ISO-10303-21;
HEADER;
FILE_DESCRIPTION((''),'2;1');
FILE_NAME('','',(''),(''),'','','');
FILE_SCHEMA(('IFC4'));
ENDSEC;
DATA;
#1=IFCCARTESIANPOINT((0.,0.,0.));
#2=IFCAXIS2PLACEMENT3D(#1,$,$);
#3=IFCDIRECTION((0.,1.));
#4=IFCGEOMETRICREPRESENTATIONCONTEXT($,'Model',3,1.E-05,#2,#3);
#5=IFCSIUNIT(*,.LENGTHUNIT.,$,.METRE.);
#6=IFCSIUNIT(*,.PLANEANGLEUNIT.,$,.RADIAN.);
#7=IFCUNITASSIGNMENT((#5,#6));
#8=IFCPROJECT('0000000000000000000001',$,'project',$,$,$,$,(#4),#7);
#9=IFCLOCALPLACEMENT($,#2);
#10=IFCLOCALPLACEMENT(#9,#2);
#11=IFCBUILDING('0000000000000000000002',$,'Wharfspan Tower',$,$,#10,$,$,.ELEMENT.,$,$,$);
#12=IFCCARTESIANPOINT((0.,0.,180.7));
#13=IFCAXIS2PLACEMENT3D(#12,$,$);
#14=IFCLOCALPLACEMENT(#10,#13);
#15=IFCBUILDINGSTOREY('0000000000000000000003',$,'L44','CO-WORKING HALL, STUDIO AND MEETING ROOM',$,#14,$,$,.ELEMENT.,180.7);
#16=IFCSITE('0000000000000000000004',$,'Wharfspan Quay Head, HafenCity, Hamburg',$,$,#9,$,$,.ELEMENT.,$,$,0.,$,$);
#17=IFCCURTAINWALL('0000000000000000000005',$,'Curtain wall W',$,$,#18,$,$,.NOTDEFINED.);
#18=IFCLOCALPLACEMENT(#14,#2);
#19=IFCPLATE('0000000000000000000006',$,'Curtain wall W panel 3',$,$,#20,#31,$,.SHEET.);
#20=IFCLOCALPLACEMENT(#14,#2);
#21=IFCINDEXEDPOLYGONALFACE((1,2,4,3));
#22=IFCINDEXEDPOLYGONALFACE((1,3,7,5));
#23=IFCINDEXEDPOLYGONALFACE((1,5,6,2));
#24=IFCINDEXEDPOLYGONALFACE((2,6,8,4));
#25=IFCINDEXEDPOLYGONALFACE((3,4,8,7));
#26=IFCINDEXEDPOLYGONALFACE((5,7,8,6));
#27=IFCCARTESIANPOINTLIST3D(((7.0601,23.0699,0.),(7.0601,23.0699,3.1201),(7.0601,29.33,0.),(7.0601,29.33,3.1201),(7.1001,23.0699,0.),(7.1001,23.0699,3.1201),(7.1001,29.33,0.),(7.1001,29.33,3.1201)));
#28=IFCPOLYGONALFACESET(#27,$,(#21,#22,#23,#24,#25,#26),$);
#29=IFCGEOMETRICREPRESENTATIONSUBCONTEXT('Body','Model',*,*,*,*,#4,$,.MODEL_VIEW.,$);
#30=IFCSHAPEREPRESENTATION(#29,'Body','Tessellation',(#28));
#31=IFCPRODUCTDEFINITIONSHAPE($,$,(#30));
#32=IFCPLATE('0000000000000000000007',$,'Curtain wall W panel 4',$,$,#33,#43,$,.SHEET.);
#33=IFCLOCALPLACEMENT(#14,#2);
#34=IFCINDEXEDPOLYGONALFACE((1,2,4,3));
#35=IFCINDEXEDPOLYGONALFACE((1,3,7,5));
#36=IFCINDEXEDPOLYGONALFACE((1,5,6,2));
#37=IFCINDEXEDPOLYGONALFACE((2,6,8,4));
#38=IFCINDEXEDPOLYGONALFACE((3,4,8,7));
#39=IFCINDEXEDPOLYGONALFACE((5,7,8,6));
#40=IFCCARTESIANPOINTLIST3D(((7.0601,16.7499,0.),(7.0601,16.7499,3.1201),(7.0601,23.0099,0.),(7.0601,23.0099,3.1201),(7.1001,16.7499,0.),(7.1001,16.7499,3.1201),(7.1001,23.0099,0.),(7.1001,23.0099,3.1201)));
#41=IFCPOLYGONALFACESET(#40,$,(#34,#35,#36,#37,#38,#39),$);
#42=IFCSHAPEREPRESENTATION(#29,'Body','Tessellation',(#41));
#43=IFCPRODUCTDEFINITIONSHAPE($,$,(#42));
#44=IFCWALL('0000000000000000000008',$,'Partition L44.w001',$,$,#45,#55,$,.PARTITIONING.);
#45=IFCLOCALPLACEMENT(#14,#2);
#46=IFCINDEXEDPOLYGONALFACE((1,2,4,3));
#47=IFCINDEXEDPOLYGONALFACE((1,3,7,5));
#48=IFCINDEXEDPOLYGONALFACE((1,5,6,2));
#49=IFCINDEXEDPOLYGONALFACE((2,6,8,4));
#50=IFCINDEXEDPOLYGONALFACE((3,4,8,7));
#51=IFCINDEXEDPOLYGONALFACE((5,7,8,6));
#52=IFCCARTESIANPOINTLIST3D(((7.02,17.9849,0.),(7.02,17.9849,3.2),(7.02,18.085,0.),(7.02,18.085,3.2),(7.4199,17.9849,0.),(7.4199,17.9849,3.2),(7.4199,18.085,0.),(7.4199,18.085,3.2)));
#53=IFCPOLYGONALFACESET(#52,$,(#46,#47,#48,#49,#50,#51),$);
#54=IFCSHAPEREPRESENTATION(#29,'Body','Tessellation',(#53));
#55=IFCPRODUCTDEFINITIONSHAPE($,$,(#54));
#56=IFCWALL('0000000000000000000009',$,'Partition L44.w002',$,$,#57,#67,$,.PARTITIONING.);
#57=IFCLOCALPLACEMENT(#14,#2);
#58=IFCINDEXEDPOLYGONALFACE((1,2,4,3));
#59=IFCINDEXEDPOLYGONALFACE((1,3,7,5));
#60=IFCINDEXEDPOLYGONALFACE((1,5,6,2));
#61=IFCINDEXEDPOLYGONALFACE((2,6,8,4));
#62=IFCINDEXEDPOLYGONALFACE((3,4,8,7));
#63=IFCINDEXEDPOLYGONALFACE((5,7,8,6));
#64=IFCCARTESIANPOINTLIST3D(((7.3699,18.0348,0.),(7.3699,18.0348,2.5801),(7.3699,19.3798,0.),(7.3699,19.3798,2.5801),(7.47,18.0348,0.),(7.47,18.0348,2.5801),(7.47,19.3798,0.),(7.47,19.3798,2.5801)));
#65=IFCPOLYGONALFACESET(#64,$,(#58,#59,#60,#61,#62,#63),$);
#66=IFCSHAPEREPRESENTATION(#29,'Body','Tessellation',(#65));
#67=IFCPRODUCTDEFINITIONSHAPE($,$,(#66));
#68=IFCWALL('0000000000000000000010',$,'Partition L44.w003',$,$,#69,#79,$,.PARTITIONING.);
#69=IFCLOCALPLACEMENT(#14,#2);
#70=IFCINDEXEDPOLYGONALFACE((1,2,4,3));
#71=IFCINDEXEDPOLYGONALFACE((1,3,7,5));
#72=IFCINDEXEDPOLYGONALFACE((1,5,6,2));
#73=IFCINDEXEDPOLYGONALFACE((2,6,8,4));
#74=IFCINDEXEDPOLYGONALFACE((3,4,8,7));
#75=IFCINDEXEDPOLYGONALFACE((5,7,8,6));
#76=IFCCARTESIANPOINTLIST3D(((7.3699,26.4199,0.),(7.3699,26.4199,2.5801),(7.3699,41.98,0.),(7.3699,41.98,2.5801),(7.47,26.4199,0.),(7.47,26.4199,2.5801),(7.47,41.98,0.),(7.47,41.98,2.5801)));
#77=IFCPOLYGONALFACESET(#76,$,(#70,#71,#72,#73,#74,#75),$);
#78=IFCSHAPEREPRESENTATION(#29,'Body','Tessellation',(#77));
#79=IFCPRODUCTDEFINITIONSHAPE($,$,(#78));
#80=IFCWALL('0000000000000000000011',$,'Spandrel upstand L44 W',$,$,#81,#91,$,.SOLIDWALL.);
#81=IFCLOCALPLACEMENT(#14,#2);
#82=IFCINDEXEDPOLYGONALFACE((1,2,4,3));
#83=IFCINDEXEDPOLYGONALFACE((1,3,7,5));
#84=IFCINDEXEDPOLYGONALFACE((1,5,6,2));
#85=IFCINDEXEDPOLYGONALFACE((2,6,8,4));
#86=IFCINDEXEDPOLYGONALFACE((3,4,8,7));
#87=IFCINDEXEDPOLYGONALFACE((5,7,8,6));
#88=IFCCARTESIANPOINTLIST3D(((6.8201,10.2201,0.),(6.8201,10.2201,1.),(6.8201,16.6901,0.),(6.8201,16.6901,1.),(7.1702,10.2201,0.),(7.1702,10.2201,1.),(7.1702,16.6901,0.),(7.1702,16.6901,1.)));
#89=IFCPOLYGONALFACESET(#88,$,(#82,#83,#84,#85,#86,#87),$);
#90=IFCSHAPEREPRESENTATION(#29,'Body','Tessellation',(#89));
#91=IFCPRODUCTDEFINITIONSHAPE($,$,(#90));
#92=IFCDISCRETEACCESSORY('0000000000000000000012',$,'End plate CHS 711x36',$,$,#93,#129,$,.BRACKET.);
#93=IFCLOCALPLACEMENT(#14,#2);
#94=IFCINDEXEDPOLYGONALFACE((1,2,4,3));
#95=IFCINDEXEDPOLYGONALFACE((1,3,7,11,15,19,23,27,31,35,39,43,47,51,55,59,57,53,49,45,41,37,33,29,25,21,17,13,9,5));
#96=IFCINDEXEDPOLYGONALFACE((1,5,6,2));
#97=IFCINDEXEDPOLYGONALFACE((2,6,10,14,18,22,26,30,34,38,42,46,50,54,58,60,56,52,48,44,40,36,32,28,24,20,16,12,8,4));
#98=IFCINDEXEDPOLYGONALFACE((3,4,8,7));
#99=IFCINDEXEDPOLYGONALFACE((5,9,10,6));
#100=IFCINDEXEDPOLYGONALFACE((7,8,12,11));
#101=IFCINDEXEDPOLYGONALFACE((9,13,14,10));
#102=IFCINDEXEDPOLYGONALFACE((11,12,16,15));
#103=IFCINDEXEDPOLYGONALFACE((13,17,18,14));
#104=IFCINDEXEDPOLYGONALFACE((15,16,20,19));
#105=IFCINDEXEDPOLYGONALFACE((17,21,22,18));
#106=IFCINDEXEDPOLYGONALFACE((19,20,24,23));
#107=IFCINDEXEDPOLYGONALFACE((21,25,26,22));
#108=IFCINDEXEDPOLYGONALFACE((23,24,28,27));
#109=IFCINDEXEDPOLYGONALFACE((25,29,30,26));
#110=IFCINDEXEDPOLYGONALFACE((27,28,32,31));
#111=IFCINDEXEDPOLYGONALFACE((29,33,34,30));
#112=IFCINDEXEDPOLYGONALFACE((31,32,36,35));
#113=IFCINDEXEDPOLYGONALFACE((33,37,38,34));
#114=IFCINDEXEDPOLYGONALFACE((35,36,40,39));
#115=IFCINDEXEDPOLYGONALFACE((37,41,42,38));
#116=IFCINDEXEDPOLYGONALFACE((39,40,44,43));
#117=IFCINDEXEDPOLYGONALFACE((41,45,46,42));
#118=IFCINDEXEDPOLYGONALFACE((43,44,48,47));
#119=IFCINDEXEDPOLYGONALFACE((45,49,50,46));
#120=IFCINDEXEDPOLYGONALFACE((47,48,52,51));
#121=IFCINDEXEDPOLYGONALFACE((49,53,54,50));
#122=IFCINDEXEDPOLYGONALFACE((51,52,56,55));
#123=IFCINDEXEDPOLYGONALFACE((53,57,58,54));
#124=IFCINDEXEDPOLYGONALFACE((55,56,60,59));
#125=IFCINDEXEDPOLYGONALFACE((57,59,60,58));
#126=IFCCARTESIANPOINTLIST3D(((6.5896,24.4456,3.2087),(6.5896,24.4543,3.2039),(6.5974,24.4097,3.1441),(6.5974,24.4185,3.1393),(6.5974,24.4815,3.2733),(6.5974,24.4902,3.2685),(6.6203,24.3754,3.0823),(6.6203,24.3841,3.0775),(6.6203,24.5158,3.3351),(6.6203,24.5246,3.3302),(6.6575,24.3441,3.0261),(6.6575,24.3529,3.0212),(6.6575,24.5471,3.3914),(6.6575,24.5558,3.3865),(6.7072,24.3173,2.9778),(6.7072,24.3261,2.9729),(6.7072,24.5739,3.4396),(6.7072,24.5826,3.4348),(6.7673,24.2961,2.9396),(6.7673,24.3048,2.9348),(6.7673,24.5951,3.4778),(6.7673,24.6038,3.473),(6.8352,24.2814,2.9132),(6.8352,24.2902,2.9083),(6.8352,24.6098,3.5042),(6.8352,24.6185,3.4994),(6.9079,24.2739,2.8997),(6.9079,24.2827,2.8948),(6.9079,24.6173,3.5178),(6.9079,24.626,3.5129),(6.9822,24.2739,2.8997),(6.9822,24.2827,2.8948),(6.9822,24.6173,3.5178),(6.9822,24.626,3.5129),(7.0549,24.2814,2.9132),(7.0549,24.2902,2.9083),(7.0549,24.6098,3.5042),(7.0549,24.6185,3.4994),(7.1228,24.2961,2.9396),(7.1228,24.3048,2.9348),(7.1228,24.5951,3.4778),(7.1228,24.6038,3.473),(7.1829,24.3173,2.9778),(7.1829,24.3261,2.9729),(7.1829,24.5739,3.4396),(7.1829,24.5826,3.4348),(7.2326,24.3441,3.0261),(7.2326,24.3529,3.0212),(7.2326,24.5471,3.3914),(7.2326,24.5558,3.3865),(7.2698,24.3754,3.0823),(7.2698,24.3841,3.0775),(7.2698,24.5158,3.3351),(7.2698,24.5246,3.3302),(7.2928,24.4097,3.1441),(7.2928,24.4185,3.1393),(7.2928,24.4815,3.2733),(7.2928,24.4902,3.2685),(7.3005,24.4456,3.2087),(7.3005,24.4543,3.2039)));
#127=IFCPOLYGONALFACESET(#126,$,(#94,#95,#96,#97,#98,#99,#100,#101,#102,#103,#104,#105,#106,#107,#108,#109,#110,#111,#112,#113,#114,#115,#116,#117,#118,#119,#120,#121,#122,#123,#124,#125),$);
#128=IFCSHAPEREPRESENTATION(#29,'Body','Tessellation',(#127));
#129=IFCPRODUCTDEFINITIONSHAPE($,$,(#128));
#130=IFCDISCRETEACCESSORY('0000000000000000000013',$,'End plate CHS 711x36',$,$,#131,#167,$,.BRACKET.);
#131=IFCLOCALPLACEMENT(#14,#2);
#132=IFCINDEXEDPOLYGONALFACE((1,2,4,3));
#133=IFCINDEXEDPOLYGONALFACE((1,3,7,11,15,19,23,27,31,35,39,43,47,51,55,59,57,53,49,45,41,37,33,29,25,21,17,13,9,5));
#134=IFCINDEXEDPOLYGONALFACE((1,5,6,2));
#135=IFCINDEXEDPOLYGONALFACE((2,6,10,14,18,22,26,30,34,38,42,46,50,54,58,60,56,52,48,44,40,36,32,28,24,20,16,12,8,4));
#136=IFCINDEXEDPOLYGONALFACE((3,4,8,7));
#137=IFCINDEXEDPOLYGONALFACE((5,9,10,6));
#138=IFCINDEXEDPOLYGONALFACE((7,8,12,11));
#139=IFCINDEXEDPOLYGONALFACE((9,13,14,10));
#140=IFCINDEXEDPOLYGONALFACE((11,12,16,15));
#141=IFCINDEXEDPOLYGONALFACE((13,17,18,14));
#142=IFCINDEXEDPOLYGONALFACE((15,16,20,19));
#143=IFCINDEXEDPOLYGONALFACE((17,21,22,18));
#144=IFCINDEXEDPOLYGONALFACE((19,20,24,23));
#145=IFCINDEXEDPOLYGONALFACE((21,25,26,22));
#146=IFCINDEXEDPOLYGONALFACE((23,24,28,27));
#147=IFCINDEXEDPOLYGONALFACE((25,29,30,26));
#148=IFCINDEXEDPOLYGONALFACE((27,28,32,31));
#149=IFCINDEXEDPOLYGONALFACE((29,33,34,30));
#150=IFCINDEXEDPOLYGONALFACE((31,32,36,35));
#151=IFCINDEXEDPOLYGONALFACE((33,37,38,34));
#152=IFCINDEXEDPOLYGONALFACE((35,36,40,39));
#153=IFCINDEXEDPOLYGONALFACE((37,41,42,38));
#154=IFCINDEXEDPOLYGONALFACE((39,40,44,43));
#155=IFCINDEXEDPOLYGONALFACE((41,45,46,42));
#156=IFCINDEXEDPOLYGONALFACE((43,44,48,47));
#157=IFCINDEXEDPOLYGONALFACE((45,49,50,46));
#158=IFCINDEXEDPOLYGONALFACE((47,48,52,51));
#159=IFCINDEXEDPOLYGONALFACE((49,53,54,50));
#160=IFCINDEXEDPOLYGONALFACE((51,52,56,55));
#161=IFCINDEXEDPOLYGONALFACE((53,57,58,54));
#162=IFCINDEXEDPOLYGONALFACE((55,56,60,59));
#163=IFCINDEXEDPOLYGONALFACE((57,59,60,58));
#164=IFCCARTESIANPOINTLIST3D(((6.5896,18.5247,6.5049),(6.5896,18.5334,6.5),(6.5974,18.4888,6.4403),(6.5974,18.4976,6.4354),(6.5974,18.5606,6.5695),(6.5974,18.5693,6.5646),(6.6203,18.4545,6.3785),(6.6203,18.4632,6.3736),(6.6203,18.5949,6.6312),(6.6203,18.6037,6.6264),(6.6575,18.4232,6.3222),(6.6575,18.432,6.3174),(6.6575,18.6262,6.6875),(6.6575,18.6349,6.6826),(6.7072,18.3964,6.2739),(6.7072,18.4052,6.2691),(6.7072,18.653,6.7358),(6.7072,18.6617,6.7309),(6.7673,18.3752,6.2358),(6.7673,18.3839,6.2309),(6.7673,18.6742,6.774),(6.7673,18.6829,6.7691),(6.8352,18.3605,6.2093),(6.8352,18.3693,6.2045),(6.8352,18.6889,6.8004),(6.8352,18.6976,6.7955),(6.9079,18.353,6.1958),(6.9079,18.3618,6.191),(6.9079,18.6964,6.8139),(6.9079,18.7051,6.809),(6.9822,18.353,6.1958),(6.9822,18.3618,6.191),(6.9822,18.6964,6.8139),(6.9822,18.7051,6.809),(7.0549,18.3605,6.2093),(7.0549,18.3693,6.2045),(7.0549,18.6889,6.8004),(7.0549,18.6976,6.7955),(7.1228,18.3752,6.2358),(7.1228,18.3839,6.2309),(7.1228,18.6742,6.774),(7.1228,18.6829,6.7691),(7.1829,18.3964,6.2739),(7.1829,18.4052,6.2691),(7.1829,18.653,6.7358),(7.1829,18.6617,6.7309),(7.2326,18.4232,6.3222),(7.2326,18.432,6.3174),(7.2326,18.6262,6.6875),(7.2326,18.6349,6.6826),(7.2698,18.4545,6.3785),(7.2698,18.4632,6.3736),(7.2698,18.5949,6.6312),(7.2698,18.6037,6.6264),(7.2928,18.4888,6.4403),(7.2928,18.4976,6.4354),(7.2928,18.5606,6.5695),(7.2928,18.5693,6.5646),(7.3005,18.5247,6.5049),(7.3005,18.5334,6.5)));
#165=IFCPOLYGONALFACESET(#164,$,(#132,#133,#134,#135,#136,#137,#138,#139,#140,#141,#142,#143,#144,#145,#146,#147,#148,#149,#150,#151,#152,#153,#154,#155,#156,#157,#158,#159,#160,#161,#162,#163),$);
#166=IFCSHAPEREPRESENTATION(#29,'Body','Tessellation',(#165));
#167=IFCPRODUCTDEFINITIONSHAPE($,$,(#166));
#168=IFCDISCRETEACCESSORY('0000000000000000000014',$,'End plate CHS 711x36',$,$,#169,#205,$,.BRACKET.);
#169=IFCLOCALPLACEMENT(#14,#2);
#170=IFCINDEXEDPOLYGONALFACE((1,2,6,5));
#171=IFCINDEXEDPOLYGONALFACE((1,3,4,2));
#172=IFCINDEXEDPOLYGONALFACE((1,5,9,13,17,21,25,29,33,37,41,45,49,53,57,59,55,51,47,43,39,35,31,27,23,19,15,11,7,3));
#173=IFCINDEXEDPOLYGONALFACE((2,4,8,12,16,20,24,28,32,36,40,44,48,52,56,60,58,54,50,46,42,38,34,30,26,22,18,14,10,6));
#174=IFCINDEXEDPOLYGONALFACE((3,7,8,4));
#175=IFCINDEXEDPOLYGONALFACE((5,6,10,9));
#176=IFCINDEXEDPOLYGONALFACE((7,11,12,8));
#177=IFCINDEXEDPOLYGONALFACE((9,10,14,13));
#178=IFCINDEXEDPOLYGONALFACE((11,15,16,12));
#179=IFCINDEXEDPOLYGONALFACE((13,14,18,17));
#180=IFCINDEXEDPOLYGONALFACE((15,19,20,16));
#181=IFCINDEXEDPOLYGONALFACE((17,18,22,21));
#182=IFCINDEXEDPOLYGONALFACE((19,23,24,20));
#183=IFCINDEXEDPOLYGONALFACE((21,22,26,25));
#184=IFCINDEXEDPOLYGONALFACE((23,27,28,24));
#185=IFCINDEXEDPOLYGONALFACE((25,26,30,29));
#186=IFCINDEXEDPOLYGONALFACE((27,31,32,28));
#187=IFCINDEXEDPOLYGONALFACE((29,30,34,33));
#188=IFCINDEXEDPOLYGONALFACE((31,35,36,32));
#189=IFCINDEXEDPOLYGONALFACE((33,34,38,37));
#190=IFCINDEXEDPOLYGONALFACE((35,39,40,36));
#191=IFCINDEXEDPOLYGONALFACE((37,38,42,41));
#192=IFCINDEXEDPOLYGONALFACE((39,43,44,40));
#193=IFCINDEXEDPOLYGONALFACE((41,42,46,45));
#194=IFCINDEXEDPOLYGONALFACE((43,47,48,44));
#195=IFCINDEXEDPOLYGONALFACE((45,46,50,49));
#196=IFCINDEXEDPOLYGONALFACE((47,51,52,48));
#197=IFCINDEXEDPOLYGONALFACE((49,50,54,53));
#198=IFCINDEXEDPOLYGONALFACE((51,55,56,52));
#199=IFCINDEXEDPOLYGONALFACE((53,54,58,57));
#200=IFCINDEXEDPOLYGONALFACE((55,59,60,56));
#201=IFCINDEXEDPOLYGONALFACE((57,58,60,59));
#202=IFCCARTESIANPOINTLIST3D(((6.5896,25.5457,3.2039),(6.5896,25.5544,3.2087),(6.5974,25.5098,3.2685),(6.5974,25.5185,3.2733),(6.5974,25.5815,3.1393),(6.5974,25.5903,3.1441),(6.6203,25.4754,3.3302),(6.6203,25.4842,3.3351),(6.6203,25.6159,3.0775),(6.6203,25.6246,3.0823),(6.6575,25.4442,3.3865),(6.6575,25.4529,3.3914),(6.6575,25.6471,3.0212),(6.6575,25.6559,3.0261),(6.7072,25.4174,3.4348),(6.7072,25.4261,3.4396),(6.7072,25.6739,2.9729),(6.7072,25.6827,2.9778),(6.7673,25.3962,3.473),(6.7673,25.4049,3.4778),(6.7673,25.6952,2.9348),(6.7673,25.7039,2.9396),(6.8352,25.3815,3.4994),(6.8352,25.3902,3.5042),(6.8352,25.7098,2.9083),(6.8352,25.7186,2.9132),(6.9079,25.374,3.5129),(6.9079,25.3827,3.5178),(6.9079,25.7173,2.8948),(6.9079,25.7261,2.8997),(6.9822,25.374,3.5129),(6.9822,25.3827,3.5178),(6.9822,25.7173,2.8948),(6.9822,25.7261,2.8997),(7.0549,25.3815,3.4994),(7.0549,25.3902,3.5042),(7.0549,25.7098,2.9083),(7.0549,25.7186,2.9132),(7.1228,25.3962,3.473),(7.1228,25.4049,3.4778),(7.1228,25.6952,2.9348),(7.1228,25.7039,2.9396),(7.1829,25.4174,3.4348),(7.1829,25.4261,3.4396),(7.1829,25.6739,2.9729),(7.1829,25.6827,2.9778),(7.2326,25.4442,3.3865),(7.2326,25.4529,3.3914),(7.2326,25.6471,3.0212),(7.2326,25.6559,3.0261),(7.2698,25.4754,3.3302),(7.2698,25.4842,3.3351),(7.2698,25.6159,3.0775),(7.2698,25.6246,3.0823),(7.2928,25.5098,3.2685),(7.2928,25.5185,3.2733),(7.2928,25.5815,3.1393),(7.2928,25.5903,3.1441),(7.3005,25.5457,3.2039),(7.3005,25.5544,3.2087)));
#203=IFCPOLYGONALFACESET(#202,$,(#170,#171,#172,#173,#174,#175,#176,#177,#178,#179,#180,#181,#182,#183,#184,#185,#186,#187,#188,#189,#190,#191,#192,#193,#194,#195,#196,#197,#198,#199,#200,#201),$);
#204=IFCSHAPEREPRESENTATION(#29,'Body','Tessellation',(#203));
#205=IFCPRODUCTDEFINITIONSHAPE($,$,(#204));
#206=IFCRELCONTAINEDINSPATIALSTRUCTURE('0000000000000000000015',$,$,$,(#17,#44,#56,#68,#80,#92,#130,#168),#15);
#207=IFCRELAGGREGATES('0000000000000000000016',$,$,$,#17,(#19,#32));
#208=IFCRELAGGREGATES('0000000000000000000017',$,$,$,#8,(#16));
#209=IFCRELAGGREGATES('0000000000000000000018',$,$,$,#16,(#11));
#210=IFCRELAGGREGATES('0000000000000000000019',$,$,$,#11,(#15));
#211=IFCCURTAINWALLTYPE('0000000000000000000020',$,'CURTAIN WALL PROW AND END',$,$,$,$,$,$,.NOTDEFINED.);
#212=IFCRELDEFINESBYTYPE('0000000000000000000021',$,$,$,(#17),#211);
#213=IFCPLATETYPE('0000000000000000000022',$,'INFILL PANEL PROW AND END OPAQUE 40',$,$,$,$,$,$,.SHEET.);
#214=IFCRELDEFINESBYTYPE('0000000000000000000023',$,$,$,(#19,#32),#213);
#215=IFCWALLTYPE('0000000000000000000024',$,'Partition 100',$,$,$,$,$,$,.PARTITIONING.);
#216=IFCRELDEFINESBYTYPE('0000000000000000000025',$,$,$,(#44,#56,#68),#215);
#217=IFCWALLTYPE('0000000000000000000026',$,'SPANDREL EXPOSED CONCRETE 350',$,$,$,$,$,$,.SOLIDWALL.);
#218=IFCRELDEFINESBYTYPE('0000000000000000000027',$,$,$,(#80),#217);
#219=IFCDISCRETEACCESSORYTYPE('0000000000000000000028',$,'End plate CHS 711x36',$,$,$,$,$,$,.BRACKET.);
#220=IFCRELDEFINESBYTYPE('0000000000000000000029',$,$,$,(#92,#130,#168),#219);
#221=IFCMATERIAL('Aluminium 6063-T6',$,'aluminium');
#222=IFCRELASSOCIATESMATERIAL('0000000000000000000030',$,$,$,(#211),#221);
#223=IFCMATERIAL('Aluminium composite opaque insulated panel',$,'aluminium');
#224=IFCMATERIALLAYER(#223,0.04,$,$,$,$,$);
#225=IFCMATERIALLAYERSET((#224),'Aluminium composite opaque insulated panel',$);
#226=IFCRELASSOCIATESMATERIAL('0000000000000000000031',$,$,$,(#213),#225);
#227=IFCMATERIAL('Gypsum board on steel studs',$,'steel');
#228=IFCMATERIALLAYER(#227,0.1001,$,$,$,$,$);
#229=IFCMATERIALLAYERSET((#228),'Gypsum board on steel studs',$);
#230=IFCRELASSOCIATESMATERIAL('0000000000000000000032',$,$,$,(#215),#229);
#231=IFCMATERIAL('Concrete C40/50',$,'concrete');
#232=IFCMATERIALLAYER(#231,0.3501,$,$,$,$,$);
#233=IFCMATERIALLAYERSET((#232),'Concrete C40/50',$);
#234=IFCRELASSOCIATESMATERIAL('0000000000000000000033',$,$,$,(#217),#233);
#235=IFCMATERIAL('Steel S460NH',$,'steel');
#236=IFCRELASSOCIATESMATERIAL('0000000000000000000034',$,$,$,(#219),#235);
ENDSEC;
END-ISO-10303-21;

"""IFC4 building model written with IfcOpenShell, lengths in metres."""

from ifc_helpers import new_model, si_unit, direction, frame, frame_2d, origin, origin_2d, place, context, subcontext, project, spatial, rectangle, circle, extrude, material, layer, layer_set, material_profile, profile_set, type_object, element, aggregate, save


model = new_model("IFC4")

# Units and contexts
model_context = context("Model", 3, precision=1e-05, world=origin(), true_north=direction((0.0, 1.0)))
body_context = subcontext(model_context, "Body", "Model", "MODEL_VIEW")
ifc_project = project(units=[si_unit("LENGTHUNIT", "METRE"), si_unit("PLANEANGLEUNIT", "RADIAN")], contexts=[model_context])

# Site, building, storey
site_placement = place(None, origin())
site = spatial("IfcSite", under=ifc_project, at=site_placement, Name="Wharfspan Quay Head, HafenCity, Hamburg", CompositionType="ELEMENT", RefElevation=0.0)
building_placement = place(site_placement, origin())
building = spatial("IfcBuilding", under=site, at=building_placement, Name="Wharfspan Tower", CompositionType="ELEMENT")
storey_placement = place(building_placement, frame((0.0, 0.0, 180.7)))
storey = spatial("IfcBuildingStorey", under=building, at=storey_placement, Name="L44", Description="CO-WORKING HALL, STUDIO AND MEETING ROOM", CompositionType="ELEMENT", Elevation=180.7)

# Curtain wall
ifc_material_1 = material(Name="Aluminium 6063-T6", Category="aluminium")
curtain_wall_type = type_object("IfcCurtainWallType", Name="CURTAIN WALL PROW AND END", PredefinedType="NOTDEFINED", material=ifc_material_1)
curtain_wall_placement = place(storey_placement, origin())
curtain_wall = element("IfcCurtainWall", 1, at=curtain_wall_placement, inside=storey, type_object=curtain_wall_type, Name="Curtain wall W", PredefinedType="NOTDEFINED")

# Shared definitions
ifc_material_2 = material(Name="Steel S460NH", Category="steel")

# Plates
ifc_material_3 = material(Name="Aluminium composite opaque insulated panel", Category="aluminium")
ifc_layer_1 = layer(ifc_material_3, 0.04)
ifc_layer_set_1 = layer_set([ifc_layer_1], Name="Aluminium composite opaque insulated panel")
plate_type = type_object("IfcPlateType", Name="INFILL PANEL PROW AND END OPAQUE 40", PredefinedType="SHEET", material=ifc_layer_set_1)
plate_1_placement = place(storey_placement, frame((7.0801, 26.2, 0.0), z_axis=(0.0, 0.0, 1.0), x_axis=(0.0, -1.0, 0.0)))
plate_1 = element("IfcPlate", 2, at=plate_1_placement, type_object=plate_type, Name="Curtain wall W panel 3", PredefinedType="SHEET", context=body_context, shape_type="SweptSolid", body=[
    extrude(rectangle(XDim=6.26, YDim=0.04, at=origin_2d()), origin(), (0.0, 0.0, 1.0), 3.1201),
])
plate_2_placement = place(storey_placement, frame((7.0801, 19.8799, 0.0), z_axis=(0.0, 0.0, 1.0), x_axis=(0.0, -1.0, 0.0)))
plate_2 = element("IfcPlate", 3, at=plate_2_placement, type_object=plate_type, Name="Curtain wall W panel 4", PredefinedType="SHEET", context=body_context, shape_type="SweptSolid", body=[
    extrude(rectangle(XDim=6.26, YDim=0.04, at=origin_2d()), origin(), (0.0, 0.0, 1.0), 3.1201),
])
aggregate(curtain_wall, [plate_1, plate_2])

# Walls
ifc_material_4 = material(Name="Gypsum board on steel studs", Category="steel")
ifc_layer_2 = layer(ifc_material_4, 0.1001)
ifc_layer_set_2 = layer_set([ifc_layer_2], Name="Gypsum board on steel studs")
wall_type_1 = type_object("IfcWallType", Name="Partition 100", PredefinedType="PARTITIONING", material=ifc_layer_set_2)
wall_1_placement = place(storey_placement, frame((7.02, 18.0349, 0.0), z_axis=(0.0, 0.0, 1.0), x_axis=(1.0, 0.0, 0.0)))
element("IfcWall", 4, at=wall_1_placement, inside=storey, type_object=wall_type_1, Name="Partition L44.w001", PredefinedType="PARTITIONING", context=body_context, shape_type="SweptSolid", body=[
    extrude(rectangle(XDim=0.3999, YDim=0.1001, at=frame_2d((0.2, 0.0))), origin(), (0.0, 0.0, 1.0), 3.2),
])
wall_2_placement = place(storey_placement, frame((7.4199, 18.0349, 0.0), z_axis=(0.0, 0.0, 1.0), x_axis=(0.0, 1.0, 0.0)))
element("IfcWall", 5, at=wall_2_placement, inside=storey, type_object=wall_type_1, Name="Partition L44.w002", PredefinedType="PARTITIONING", context=body_context, shape_type="SweptSolid", body=[
    extrude(rectangle(XDim=1.345, YDim=0.1001, at=frame_2d((0.6724, 0.0))), origin(), (0.0, 0.0, 1.0), 2.5801),
])
wall_3_placement = place(storey_placement, frame((7.4199, 26.4199, 0.0), z_axis=(0.0, 0.0, 1.0), x_axis=(0.0, 1.0, 0.0)))
element("IfcWall", 6, at=wall_3_placement, inside=storey, type_object=wall_type_1, Name="Partition L44.w003", PredefinedType="PARTITIONING", context=body_context, shape_type="SweptSolid", body=[
    extrude(rectangle(XDim=15.5601, YDim=0.1001, at=frame_2d((7.78, 0.0))), origin(), (0.0, 0.0, 1.0), 2.5801),
])
ifc_material_5 = material(Name="Concrete C40/50", Category="concrete")
ifc_layer_3 = layer(ifc_material_5, 0.3501)
ifc_layer_set_3 = layer_set([ifc_layer_3], Name="Concrete C40/50")
wall_type_2 = type_object("IfcWallType", Name="SPANDREL EXPOSED CONCRETE 350", PredefinedType="SOLIDWALL", material=ifc_layer_set_3)
wall_4_placement = place(storey_placement, frame((6.9951, 16.6899, 0.0), z_axis=(0.0, 0.0, 1.0), x_axis=(0.0, -1.0, 0.0)))
element("IfcWall", 7, at=wall_4_placement, inside=storey, type_object=wall_type_2, Name="Spandrel upstand L44 W", PredefinedType="SOLIDWALL", context=body_context, shape_type="SweptSolid", body=[
    extrude(rectangle(XDim=6.47, YDim=0.3501, at=frame_2d((3.2349, 0.0))), origin(), (0.0, 0.0, 1.0), 1.0),
])

# Discrete accessories
ifc_material_profile_1 = material_profile(ifc_material_2, circle(Radius=0.3555, at=origin_2d()))
ifc_profile_set_1 = profile_set([ifc_material_profile_1], Name="Steel S460NH")
discrete_accessory_type = type_object("IfcDiscreteAccessoryType", Name="End plate CHS 711x36", PredefinedType="BRACKET", material=ifc_profile_set_1)
for number, where, z_axis, x_axis, name in (
    (8, (6.9451, 24.4543, 3.2039), (0.0, -0.874157, 0.485643), (1.0, 0.0, 0.0), "End plate CHS 711x36"),
    (9, (6.9451, 18.5334, 6.5), (0.0, -0.874157, 0.485643), (1.0, 0.0, 0.0), "End plate CHS 711x36"),
    (10, (6.9451, 25.5457, 3.2039), (0.0, 0.874157, 0.485643), (-1.0, 0.0, 0.0), "End plate CHS 711x36"),
):
    element("IfcDiscreteAccessory", number, at=place(storey_placement, frame(where, z_axis=z_axis, x_axis=x_axis)), inside=storey, type_object=discrete_accessory_type, Name=name, PredefinedType="BRACKET", context=body_context, shape_type="SweptSolid", body=[
        extrude(circle(Radius=0.3555, at=origin_2d()), origin(), (0.0, 0.0, 1.0), 0.01),
    ])

save(model, "model.ifc")
